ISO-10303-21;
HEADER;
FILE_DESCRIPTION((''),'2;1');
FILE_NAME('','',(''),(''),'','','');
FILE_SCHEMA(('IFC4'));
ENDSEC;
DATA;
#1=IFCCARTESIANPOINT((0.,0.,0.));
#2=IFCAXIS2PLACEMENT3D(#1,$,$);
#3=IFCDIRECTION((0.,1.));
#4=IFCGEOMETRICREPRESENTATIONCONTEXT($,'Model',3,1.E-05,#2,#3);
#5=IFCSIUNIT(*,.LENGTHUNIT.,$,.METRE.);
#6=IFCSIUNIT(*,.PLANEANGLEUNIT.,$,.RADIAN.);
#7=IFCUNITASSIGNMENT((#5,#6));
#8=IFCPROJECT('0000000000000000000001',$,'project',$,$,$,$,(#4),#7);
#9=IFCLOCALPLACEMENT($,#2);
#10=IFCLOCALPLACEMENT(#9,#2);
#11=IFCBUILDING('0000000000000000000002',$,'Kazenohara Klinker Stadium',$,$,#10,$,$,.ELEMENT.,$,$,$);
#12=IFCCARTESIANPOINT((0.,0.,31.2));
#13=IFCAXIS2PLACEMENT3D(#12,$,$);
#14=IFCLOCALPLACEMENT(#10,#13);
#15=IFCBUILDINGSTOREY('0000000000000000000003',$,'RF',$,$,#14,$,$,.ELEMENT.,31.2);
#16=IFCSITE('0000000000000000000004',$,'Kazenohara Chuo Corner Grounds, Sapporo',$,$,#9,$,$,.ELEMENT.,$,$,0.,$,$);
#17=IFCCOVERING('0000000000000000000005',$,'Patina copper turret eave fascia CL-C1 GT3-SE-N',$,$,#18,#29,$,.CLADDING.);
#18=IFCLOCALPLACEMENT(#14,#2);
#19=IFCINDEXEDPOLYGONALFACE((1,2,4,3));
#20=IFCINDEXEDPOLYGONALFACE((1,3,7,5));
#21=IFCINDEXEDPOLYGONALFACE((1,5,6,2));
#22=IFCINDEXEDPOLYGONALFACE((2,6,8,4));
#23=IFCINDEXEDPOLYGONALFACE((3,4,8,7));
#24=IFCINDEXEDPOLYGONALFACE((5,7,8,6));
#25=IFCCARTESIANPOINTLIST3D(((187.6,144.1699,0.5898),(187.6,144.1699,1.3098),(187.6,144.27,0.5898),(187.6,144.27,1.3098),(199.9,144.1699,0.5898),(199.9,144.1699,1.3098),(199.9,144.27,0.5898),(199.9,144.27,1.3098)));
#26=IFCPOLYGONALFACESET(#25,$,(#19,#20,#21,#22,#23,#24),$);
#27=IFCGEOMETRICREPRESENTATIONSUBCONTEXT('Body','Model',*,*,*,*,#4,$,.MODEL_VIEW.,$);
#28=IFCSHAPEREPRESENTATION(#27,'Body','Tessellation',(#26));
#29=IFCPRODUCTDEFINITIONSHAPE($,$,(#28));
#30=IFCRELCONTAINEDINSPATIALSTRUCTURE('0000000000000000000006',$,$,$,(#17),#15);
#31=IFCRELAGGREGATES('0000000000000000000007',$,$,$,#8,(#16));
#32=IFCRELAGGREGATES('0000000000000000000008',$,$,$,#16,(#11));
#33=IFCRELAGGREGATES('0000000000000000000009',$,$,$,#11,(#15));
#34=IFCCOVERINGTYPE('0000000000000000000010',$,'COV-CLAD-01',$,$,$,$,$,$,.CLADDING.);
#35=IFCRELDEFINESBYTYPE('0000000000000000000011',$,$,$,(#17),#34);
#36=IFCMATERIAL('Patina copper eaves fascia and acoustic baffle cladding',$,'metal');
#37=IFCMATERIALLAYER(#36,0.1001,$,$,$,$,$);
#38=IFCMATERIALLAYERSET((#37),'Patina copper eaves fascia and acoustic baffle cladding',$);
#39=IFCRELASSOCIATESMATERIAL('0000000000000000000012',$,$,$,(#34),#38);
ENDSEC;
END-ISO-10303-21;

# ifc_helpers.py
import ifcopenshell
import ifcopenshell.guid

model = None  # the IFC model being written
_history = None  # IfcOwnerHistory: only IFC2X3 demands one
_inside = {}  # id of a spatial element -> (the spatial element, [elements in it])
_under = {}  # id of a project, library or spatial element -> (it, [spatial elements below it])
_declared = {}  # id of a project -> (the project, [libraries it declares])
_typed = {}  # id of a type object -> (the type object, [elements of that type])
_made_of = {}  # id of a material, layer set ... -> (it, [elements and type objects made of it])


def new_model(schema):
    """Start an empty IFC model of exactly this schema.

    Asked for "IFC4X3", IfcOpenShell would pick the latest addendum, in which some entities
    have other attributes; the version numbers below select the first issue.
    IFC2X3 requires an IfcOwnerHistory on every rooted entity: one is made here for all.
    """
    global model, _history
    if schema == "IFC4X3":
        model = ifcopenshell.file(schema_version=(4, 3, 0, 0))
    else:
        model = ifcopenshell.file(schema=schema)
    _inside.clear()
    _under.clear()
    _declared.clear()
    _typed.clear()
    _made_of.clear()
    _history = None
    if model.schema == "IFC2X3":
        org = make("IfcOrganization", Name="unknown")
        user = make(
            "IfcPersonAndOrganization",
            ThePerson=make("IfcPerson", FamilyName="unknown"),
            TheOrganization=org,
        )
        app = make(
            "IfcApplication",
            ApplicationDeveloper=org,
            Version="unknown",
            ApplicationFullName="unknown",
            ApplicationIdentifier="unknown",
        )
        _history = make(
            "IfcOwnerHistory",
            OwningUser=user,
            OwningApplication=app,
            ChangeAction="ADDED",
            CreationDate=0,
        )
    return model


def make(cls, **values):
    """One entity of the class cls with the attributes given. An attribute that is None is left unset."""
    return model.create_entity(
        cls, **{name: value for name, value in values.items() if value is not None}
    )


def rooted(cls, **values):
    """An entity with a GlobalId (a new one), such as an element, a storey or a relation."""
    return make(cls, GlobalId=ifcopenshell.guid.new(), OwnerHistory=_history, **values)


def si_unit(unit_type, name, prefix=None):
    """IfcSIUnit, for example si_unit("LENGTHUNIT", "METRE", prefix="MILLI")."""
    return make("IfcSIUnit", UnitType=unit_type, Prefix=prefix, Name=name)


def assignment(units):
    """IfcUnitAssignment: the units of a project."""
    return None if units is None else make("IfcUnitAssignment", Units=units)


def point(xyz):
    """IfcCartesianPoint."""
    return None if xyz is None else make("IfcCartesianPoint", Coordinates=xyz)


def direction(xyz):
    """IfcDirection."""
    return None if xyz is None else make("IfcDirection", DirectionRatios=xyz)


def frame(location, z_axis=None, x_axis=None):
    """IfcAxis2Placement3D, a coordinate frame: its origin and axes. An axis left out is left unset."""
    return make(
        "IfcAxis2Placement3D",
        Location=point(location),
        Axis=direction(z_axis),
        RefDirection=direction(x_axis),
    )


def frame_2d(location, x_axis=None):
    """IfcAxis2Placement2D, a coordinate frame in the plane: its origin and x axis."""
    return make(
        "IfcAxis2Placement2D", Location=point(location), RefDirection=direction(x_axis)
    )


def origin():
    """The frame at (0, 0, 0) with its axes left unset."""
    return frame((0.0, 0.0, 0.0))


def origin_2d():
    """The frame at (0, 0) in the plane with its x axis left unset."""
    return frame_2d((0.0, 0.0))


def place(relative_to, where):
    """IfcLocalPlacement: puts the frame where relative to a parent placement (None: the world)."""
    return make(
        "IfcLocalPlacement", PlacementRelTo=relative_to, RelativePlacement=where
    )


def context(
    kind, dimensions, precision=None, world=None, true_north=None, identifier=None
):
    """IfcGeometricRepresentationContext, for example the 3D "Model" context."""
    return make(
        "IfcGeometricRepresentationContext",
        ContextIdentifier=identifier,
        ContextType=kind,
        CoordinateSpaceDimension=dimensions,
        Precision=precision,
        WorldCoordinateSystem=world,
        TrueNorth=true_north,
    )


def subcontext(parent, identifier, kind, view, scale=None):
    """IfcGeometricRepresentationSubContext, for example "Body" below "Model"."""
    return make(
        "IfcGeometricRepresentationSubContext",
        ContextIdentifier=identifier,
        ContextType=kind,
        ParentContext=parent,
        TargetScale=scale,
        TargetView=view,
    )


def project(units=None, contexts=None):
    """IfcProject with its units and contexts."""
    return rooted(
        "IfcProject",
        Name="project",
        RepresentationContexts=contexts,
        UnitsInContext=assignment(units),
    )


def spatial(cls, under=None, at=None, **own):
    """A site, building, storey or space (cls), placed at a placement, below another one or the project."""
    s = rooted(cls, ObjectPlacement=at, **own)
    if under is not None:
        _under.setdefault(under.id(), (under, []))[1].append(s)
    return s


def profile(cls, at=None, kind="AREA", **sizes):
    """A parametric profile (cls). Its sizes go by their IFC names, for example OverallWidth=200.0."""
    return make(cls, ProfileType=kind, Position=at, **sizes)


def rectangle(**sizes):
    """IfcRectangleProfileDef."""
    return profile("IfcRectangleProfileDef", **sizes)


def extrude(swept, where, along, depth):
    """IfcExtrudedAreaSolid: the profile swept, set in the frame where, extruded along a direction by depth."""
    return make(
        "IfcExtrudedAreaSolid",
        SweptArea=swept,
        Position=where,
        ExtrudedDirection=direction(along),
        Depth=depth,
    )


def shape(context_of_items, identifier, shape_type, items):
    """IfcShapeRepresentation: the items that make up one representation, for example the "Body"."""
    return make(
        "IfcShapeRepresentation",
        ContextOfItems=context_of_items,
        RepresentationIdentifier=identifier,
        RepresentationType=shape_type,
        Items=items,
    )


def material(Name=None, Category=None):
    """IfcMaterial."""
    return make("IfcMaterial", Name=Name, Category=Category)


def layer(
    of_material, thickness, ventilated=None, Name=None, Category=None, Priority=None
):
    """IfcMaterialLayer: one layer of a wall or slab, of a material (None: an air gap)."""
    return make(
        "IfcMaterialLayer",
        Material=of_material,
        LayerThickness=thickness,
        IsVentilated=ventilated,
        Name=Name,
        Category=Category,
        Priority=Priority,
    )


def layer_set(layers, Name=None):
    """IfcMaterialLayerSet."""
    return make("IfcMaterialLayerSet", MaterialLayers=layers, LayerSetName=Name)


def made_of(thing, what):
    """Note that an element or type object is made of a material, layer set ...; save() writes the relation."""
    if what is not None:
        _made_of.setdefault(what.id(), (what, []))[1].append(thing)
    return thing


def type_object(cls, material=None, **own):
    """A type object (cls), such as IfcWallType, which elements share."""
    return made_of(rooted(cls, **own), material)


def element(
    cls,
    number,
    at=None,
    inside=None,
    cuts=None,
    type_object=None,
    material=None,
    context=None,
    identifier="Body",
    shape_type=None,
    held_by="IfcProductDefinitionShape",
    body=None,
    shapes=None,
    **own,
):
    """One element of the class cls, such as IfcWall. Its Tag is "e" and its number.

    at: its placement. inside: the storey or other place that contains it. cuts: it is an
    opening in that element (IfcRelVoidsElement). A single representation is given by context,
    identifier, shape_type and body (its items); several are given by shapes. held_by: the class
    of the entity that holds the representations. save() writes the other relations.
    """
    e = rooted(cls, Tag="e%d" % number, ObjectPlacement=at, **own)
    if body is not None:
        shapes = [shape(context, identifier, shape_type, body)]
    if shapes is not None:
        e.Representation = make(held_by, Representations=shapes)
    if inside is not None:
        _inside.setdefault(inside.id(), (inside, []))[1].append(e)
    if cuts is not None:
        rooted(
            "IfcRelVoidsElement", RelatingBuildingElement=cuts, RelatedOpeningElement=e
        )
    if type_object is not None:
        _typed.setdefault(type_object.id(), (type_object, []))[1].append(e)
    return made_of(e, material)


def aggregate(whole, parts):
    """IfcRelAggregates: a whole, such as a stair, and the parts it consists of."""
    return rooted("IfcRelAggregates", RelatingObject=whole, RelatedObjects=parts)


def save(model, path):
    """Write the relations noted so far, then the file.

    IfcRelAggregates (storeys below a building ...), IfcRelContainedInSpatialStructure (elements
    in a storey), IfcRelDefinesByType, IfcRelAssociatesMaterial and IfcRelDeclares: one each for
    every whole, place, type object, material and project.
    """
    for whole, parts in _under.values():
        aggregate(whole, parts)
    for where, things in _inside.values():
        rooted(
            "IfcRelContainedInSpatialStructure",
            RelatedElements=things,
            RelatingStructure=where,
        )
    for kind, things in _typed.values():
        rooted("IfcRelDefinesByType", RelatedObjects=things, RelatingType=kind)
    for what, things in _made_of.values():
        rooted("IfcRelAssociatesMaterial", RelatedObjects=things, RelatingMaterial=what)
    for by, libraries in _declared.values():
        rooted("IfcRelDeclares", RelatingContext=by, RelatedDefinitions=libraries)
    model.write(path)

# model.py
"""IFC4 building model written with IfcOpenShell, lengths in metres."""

from ifc_helpers import new_model, si_unit, direction, frame, origin, origin_2d, place, context, subcontext, project, spatial, rectangle, extrude, material, layer, layer_set, type_object, element, save


model = new_model("IFC4")

# Units and contexts
model_context = context("Model", 3, precision=1e-05, world=origin(), true_north=direction((0.0, 1.0)))
body_context = subcontext(model_context, "Body", "Model", "MODEL_VIEW")
ifc_project = project(units=[si_unit("LENGTHUNIT", "METRE"), si_unit("PLANEANGLEUNIT", "RADIAN")], contexts=[model_context])

# Site, building, storey
site_placement = place(None, origin())
site = spatial("IfcSite", under=ifc_project, at=site_placement, Name="Kazenohara Chuo Corner Grounds, Sapporo", CompositionType="ELEMENT", RefElevation=0.0)
building_placement = place(site_placement, origin())
building = spatial("IfcBuilding", under=site, at=building_placement, Name="Kazenohara Klinker Stadium", CompositionType="ELEMENT")
storey_placement = place(building_placement, frame((0.0, 0.0, 31.2)))
storey = spatial("IfcBuildingStorey", under=building, at=storey_placement, Name="RF", CompositionType="ELEMENT", Elevation=31.2)

# Covering
ifc_material_1 = material(Name="Patina copper eaves fascia and acoustic baffle cladding", Category="metal")
ifc_layer_1 = layer(ifc_material_1, 0.1001)
ifc_layer_set_1 = layer_set([ifc_layer_1], Name="Patina copper eaves fascia and acoustic baffle cladding")
covering_type = type_object("IfcCoveringType", Name="COV-CLAD-01", PredefinedType="CLADDING", material=ifc_layer_set_1)
covering_1_placement = place(storey_placement, frame((193.75, 144.22, 0.5898), z_axis=(0.0, 0.0, 1.0), x_axis=(1.0, 0.0, 0.0)))
element("IfcCovering", 1, at=covering_1_placement, inside=storey, type_object=covering_type, Name="Patina copper turret eave fascia CL-C1 GT3-SE-N", PredefinedType="CLADDING", context=body_context, shape_type="SweptSolid", body=[
    extrude(rectangle(XDim=12.3, YDim=0.1001, at=origin_2d()), origin(), (0.0, 0.0, 1.0), 0.72),
])

save(model, "model.ifc")
